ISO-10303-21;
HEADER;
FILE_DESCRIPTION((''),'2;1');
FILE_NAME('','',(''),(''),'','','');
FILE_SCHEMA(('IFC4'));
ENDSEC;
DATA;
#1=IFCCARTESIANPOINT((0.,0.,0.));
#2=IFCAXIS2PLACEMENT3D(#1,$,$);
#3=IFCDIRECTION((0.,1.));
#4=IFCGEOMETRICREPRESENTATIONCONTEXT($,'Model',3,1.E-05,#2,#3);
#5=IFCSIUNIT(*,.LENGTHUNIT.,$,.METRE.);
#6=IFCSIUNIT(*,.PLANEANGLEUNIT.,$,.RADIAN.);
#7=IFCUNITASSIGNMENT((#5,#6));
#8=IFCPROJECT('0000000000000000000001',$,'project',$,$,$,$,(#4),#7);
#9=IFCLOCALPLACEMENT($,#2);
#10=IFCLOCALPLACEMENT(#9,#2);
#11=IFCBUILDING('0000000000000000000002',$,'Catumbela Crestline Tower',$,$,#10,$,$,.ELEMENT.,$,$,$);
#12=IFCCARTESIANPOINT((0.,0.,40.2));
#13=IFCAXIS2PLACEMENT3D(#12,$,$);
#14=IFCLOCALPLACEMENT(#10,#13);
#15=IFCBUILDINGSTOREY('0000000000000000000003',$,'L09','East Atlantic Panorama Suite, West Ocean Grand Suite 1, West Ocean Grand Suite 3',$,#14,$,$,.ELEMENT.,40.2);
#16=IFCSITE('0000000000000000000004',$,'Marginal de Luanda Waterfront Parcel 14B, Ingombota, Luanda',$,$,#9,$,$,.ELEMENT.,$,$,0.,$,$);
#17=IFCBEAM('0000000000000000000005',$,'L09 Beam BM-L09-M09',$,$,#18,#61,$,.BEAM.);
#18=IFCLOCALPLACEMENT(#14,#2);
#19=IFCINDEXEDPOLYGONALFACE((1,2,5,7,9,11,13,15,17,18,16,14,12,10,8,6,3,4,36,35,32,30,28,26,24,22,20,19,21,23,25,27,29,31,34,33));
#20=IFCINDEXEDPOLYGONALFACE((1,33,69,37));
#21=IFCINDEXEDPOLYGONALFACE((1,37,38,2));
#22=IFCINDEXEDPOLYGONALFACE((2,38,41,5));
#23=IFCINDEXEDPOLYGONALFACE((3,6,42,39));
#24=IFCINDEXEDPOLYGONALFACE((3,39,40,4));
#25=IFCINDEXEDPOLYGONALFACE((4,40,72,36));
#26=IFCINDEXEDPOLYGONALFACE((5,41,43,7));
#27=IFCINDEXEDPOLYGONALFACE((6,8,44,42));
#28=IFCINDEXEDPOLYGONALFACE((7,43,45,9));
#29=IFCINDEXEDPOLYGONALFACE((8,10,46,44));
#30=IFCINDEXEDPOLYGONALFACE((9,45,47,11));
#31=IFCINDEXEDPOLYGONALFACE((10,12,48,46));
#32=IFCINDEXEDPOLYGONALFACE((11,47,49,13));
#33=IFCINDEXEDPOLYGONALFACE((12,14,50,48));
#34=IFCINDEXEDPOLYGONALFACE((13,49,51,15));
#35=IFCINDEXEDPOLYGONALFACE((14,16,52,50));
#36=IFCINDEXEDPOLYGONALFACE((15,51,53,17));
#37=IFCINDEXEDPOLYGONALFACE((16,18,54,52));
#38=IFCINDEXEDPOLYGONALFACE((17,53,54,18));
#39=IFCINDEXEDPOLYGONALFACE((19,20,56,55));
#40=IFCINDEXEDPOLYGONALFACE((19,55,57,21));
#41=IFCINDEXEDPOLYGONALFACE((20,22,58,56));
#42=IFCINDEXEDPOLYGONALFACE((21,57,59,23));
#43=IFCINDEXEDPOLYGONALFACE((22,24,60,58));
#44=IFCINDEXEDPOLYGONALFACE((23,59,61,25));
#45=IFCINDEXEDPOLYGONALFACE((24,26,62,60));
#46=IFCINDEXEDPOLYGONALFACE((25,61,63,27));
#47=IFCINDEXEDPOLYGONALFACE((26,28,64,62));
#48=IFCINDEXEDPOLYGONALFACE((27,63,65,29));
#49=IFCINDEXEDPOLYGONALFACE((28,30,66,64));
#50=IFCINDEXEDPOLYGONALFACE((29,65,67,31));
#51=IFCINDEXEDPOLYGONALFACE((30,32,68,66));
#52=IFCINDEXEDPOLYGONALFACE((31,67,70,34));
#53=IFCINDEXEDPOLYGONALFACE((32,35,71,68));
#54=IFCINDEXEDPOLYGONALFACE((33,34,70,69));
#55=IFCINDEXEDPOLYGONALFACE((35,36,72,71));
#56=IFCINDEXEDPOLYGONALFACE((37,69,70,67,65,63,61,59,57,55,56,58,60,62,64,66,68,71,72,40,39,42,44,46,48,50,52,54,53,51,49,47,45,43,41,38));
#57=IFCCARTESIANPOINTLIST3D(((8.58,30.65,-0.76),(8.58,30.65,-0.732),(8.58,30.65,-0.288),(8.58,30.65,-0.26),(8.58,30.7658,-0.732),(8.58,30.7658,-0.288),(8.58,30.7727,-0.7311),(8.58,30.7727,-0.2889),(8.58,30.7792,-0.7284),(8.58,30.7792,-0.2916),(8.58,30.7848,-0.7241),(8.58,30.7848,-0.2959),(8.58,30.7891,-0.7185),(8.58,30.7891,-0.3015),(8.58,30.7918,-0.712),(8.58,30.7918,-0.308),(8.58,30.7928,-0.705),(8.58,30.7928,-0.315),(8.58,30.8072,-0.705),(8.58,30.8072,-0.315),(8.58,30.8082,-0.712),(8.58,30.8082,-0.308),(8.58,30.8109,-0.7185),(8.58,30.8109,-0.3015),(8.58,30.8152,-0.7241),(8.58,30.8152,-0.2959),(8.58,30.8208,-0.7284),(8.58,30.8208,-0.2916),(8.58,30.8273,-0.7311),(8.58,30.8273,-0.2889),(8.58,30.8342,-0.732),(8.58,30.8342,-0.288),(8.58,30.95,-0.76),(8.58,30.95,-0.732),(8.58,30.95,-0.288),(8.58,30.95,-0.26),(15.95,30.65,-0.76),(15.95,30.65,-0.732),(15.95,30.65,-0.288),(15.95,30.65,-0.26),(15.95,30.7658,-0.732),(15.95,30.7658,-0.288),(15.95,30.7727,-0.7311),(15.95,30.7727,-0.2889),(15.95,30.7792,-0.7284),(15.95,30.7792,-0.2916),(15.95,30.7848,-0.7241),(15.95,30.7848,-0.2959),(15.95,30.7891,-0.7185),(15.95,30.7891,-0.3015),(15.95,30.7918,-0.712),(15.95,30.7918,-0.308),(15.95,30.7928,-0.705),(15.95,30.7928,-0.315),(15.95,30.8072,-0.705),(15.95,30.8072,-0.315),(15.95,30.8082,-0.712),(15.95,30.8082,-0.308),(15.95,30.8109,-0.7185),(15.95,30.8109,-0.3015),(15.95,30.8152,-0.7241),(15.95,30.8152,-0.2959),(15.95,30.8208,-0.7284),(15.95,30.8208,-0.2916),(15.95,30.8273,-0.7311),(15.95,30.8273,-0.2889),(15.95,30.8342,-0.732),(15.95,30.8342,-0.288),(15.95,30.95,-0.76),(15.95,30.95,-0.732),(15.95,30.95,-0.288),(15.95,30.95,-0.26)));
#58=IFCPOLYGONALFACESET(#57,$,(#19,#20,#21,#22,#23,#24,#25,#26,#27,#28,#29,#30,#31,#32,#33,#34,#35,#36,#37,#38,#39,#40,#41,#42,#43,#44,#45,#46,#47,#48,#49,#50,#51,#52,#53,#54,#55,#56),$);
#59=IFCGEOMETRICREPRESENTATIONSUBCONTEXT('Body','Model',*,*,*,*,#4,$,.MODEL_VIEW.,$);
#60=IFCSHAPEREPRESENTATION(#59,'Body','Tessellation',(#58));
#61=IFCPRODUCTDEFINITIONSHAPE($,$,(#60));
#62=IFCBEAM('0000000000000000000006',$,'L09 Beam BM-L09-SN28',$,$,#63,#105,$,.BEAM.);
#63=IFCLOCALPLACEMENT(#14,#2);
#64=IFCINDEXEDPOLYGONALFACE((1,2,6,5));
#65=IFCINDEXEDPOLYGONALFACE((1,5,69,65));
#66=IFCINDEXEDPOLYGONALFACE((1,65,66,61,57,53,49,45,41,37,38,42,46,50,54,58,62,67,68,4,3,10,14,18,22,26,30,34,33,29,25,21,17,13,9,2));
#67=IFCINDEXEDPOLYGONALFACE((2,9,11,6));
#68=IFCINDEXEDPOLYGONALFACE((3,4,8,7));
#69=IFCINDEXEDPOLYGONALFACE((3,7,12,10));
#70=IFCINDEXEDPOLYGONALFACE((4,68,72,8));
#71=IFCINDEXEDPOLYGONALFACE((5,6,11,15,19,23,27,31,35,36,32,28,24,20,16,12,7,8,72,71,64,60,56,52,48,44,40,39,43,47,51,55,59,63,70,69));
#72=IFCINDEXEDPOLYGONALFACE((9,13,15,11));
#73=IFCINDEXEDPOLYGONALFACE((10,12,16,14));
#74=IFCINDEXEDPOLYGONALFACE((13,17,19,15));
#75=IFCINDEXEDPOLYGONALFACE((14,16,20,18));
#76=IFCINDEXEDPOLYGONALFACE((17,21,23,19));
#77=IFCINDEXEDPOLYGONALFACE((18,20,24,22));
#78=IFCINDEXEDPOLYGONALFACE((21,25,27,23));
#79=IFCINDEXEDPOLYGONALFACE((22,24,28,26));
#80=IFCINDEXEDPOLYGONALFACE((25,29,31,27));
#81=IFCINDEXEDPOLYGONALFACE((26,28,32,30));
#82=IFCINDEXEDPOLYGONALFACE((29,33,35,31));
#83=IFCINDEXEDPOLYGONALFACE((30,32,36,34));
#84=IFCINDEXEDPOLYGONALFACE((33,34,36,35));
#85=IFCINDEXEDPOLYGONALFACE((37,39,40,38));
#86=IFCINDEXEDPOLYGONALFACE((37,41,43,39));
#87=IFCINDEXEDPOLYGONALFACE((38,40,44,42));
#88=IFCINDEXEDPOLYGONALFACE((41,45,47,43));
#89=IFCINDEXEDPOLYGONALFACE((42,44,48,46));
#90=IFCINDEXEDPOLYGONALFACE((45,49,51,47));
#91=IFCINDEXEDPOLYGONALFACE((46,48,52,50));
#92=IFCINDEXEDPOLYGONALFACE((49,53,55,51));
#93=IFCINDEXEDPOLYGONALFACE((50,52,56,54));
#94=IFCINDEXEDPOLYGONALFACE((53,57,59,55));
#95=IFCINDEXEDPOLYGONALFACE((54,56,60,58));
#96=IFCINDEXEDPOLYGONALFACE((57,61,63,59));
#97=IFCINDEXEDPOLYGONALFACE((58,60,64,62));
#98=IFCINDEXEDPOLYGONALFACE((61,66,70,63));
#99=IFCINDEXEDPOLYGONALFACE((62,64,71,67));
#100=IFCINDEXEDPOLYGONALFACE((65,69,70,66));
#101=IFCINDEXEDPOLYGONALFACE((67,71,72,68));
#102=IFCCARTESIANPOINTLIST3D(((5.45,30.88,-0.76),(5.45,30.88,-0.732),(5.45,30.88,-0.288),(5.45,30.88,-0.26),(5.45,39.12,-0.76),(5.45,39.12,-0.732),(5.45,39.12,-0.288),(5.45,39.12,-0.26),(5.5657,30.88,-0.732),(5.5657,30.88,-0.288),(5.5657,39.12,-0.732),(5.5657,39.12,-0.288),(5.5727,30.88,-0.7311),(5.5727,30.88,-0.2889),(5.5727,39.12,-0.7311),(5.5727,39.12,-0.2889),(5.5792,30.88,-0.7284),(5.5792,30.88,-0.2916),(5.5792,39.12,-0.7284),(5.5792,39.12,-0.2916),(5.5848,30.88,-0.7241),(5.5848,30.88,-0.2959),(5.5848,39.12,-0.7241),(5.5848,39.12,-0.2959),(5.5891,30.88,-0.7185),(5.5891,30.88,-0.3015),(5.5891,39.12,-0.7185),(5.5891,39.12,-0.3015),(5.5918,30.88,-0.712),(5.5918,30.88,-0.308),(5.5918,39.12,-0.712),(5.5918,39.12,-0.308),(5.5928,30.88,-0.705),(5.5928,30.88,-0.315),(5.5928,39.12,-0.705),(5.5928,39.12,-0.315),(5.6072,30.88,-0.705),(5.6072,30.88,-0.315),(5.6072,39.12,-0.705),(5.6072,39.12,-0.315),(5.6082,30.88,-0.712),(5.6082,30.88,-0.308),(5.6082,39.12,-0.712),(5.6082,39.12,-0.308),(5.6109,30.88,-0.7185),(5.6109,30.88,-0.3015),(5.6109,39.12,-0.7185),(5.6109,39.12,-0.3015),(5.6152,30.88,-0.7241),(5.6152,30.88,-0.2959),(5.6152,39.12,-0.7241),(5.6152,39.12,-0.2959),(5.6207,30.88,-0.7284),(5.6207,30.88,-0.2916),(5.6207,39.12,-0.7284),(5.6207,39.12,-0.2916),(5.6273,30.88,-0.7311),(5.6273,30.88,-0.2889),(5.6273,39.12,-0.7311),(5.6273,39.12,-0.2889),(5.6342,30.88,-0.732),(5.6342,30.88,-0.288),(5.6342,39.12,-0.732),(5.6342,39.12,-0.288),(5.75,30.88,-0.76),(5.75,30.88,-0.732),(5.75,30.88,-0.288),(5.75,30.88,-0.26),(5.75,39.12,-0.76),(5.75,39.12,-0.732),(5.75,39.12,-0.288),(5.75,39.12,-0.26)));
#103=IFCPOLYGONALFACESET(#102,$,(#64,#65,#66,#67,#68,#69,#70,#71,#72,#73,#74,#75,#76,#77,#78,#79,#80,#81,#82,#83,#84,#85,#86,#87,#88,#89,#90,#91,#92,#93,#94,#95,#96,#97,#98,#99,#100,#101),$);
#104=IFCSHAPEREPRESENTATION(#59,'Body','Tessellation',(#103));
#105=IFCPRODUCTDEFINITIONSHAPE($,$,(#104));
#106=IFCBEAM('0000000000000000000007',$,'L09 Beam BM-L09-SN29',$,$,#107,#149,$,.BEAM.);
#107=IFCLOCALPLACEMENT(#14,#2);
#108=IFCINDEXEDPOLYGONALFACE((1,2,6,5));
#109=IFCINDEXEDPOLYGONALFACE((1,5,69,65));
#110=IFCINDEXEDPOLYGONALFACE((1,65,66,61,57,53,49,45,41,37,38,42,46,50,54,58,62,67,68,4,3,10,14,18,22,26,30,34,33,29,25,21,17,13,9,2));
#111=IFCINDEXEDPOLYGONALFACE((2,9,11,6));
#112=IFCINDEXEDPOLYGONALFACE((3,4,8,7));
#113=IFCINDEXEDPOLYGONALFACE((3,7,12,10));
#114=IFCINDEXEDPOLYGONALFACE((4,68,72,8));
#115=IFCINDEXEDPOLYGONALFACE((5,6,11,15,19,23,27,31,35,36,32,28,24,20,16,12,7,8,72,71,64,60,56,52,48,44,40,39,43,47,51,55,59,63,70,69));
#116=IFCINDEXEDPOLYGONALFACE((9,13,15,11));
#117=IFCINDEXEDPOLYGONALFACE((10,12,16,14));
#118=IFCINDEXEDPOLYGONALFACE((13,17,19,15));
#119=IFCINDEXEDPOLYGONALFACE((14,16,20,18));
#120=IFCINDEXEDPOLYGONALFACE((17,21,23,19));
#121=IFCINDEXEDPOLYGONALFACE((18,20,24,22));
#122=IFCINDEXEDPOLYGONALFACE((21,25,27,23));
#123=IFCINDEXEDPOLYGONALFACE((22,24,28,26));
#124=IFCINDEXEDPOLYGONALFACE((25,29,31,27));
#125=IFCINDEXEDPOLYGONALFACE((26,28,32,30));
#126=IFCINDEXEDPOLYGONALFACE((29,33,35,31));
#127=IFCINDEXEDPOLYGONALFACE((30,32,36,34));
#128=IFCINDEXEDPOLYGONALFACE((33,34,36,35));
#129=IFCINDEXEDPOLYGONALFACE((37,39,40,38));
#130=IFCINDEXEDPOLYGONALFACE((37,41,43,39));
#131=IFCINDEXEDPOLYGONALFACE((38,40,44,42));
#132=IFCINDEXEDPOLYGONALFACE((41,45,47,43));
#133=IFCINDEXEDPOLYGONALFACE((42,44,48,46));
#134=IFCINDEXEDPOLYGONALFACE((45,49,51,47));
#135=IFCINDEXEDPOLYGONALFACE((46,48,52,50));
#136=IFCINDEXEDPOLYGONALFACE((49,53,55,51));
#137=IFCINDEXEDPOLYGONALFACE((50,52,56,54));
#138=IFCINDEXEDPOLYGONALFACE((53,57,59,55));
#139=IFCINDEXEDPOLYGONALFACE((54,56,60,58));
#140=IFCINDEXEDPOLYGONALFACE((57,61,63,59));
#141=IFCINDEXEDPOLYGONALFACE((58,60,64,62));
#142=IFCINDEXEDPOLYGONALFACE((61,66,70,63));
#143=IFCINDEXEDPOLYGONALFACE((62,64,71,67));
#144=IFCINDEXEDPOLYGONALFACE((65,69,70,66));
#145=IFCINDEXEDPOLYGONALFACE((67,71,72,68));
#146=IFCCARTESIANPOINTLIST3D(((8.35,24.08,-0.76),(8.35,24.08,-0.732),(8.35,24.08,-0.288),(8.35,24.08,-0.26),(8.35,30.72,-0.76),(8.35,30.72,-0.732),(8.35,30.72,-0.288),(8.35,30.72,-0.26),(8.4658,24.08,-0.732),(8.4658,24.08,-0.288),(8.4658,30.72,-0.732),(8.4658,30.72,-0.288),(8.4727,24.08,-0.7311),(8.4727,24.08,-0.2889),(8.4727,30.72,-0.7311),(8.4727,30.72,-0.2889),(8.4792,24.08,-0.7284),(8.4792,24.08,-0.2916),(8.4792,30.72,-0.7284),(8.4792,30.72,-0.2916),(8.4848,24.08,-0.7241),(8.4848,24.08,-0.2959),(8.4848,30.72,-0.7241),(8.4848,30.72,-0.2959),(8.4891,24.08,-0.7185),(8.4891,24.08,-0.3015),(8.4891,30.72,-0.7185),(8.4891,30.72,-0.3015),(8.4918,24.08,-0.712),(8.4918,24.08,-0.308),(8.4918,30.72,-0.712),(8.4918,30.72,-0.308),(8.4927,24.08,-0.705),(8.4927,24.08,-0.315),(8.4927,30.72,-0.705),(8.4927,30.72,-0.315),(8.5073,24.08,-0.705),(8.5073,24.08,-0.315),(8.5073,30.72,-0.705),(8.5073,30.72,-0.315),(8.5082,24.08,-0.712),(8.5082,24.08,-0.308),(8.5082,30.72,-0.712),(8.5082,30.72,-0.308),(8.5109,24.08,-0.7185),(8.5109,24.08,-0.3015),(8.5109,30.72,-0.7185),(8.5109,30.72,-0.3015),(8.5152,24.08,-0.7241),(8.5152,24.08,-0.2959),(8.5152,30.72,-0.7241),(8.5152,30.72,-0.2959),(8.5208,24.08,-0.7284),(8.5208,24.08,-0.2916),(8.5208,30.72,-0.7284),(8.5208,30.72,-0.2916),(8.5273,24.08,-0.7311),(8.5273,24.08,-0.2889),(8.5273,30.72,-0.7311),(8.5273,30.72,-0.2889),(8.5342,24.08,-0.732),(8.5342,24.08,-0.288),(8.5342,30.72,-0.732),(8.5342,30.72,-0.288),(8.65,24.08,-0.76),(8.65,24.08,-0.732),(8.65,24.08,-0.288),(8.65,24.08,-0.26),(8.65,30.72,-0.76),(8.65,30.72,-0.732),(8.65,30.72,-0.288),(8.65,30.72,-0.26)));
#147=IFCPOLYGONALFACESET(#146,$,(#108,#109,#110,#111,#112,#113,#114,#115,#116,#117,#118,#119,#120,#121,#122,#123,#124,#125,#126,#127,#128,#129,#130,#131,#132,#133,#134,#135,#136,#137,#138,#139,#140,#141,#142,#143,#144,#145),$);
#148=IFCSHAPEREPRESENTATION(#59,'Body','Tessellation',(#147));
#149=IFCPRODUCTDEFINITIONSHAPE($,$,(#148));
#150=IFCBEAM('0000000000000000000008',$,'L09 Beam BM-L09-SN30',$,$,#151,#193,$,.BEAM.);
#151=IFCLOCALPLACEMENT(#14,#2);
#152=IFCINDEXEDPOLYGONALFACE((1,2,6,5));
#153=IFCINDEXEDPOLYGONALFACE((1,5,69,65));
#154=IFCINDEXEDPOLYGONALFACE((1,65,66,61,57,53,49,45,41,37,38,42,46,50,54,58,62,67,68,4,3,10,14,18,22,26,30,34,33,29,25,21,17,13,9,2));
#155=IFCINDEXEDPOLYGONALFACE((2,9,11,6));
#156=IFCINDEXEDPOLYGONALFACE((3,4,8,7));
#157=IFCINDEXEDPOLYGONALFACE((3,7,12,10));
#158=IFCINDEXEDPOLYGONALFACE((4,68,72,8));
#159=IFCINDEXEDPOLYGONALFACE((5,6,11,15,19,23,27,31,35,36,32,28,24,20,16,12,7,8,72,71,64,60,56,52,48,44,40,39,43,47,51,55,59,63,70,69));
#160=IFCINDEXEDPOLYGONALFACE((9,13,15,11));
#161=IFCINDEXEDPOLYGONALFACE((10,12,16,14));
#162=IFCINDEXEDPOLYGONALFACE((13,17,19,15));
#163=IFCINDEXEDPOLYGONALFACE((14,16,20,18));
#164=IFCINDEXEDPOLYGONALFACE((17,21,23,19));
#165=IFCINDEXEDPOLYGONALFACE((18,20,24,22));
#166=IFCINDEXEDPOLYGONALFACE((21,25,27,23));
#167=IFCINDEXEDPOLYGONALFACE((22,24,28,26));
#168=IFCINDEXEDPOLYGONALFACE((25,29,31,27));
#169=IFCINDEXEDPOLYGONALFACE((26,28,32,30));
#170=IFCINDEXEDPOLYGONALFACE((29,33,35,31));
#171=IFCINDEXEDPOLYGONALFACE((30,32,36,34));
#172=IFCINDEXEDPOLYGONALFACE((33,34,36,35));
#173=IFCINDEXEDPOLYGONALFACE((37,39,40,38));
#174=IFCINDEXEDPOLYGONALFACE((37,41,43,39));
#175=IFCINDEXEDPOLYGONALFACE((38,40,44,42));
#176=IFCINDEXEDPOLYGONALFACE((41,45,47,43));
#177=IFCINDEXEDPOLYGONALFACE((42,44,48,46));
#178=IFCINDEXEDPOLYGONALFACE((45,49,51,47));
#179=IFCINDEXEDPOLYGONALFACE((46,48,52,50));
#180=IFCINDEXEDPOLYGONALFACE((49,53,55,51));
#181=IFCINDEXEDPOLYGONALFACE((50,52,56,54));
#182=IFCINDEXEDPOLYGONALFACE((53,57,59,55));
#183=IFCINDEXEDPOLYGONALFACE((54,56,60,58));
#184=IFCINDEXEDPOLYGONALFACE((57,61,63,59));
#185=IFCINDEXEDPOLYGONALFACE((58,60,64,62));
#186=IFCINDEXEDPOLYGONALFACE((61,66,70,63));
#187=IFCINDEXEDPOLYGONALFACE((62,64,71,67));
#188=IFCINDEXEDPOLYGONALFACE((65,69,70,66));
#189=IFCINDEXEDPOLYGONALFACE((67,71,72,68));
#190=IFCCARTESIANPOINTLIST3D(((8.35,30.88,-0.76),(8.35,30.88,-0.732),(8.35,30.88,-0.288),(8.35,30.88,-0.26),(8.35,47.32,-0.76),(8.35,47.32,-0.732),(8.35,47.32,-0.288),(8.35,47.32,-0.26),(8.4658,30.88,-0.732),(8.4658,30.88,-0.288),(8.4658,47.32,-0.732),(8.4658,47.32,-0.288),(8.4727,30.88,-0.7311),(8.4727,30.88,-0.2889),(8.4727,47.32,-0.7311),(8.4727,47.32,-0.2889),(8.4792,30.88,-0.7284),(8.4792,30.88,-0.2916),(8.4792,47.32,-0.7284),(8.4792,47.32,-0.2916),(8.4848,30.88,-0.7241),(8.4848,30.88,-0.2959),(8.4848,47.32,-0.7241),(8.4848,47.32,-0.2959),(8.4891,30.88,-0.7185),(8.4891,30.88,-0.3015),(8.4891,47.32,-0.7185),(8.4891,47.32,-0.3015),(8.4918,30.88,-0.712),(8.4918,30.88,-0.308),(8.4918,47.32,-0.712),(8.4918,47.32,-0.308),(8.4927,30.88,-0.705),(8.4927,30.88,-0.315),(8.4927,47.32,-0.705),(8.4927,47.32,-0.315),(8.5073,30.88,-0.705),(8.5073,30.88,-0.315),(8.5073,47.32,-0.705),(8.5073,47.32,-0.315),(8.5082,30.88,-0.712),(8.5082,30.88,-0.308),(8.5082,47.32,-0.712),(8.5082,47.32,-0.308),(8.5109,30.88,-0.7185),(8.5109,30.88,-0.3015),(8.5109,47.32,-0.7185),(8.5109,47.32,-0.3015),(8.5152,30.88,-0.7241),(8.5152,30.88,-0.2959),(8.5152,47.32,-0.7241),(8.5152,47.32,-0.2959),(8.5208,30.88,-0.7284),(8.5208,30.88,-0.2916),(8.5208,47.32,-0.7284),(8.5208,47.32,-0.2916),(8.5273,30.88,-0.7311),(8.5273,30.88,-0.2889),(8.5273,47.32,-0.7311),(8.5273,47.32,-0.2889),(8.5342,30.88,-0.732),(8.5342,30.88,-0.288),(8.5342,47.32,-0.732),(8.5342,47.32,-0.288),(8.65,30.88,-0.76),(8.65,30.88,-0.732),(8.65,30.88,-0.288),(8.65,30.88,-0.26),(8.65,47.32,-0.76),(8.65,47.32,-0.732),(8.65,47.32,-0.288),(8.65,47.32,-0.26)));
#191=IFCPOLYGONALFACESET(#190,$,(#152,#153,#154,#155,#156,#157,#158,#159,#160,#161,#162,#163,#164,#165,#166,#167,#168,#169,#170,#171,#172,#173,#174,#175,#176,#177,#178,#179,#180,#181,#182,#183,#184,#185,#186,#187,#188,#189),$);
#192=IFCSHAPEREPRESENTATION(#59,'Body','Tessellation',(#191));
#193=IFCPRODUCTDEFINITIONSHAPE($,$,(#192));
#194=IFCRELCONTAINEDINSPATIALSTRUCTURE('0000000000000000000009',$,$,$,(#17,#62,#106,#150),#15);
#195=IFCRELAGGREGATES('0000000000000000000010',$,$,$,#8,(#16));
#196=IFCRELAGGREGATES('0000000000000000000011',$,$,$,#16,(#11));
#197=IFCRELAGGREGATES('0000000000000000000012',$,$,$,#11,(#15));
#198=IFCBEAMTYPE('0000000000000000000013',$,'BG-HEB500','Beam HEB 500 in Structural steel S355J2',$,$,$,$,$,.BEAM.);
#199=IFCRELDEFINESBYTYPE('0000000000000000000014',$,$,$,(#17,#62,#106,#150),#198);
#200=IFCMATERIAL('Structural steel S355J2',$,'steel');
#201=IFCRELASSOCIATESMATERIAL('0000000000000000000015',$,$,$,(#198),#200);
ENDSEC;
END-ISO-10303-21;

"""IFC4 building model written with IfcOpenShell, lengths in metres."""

from ifc_helpers import new_model, si_unit, direction, frame, origin, origin_2d, place, context, subcontext, project, spatial, i_section, extrude, material, material_profile, profile_set, type_object, element, save


model = new_model("IFC4")

# Units and contexts
model_context = context("Model", 3, precision=1e-05, world=origin(), true_north=direction((0.0, 1.0)))
body_context = subcontext(model_context, "Body", "Model", "MODEL_VIEW")
ifc_project = project(units=[si_unit("LENGTHUNIT", "METRE"), si_unit("PLANEANGLEUNIT", "RADIAN")], contexts=[model_context])

# Site, building, storey
site_placement = place(None, origin())
site = spatial("IfcSite", under=ifc_project, at=site_placement, Name="Marginal de Luanda Waterfront Parcel 14B, Ingombota, Luanda", CompositionType="ELEMENT", RefElevation=0.0)
building_placement = place(site_placement, origin())
building = spatial("IfcBuilding", under=site, at=building_placement, Name="Catumbela Crestline Tower", CompositionType="ELEMENT")
storey_placement = place(building_placement, frame((0.0, 0.0, 40.2)))
storey = spatial("IfcBuildingStorey", under=building, at=storey_placement, Name="L09", Description="East Atlantic Panorama Suite, West Ocean Grand Suite 1, West Ocean Grand Suite 3", CompositionType="ELEMENT", Elevation=40.2)

# Beams
ifc_material_1 = material(Name="Structural steel S355J2", Category="steel")
ifc_material_profile_1 = material_profile(ifc_material_1, i_section(OverallWidth=0.3, OverallDepth=0.5, WebThickness=0.0145, FlangeThickness=0.028, FilletRadius=0.027, at=origin_2d()), Name="HEB 500")
ifc_profile_set_1 = profile_set([ifc_material_profile_1], Name="Structural steel S355J2")
beam_type = type_object("IfcBeamType", Name="BG-HEB500", Description="Beam HEB 500 in Structural steel S355J2", PredefinedType="BEAM", material=ifc_profile_set_1)
beam_1_placement = place(storey_placement, frame((8.58, 30.8, -0.51), z_axis=(1.0, 0.0, 0.0), x_axis=(0.0, 1.0, 0.0)))
element("IfcBeam", 1, at=beam_1_placement, inside=storey, type_object=beam_type, Name="L09 Beam BM-L09-M09", PredefinedType="BEAM", context=body_context, shape_type="SweptSolid", body=[
    extrude(i_section(OverallWidth=0.3, OverallDepth=0.5, WebThickness=0.0145, FlangeThickness=0.028, FilletRadius=0.027, at=origin_2d()), origin(), (0.0, 0.0, 1.0), 7.37),
])
beam_2_placement = place(storey_placement, frame((5.6, 30.88, -0.51), z_axis=(0.0, 1.0, 0.0), x_axis=(-1.0, 0.0, 0.0)))
element("IfcBeam", 2, at=beam_2_placement, inside=storey, type_object=beam_type, Name="L09 Beam BM-L09-SN28", PredefinedType="BEAM", context=body_context, shape_type="SweptSolid", body=[
    extrude(i_section(OverallWidth=0.3, OverallDepth=0.5, WebThickness=0.0145, FlangeThickness=0.028, FilletRadius=0.027, at=origin_2d()), origin(), (0.0, 0.0, 1.0), 8.24),
])
beam_3_placement = place(storey_placement, frame((8.5, 24.08, -0.51), z_axis=(0.0, 1.0, 0.0), x_axis=(-1.0, 0.0, 0.0)))
element("IfcBeam", 3, at=beam_3_placement, inside=storey, type_object=beam_type, Name="L09 Beam BM-L09-SN29", PredefinedType="BEAM", context=body_context, shape_type="SweptSolid", body=[
    extrude(i_section(OverallWidth=0.3, OverallDepth=0.5, WebThickness=0.0145, FlangeThickness=0.028, FilletRadius=0.027, at=origin_2d()), origin(), (0.0, 0.0, 1.0), 6.64),
])
beam_4_placement = place(storey_placement, frame((8.5, 30.88, -0.51), z_axis=(0.0, 1.0, 0.0), x_axis=(-1.0, 0.0, 0.0)))
element("IfcBeam", 4, at=beam_4_placement, inside=storey, type_object=beam_type, Name="L09 Beam BM-L09-SN30", PredefinedType="BEAM", context=body_context, shape_type="SweptSolid", body=[
    extrude(i_section(OverallWidth=0.3, OverallDepth=0.5, WebThickness=0.0145, FlangeThickness=0.028, FilletRadius=0.027, at=origin_2d()), origin(), (0.0, 0.0, 1.0), 16.44),
])

save(model, "model.ifc")
